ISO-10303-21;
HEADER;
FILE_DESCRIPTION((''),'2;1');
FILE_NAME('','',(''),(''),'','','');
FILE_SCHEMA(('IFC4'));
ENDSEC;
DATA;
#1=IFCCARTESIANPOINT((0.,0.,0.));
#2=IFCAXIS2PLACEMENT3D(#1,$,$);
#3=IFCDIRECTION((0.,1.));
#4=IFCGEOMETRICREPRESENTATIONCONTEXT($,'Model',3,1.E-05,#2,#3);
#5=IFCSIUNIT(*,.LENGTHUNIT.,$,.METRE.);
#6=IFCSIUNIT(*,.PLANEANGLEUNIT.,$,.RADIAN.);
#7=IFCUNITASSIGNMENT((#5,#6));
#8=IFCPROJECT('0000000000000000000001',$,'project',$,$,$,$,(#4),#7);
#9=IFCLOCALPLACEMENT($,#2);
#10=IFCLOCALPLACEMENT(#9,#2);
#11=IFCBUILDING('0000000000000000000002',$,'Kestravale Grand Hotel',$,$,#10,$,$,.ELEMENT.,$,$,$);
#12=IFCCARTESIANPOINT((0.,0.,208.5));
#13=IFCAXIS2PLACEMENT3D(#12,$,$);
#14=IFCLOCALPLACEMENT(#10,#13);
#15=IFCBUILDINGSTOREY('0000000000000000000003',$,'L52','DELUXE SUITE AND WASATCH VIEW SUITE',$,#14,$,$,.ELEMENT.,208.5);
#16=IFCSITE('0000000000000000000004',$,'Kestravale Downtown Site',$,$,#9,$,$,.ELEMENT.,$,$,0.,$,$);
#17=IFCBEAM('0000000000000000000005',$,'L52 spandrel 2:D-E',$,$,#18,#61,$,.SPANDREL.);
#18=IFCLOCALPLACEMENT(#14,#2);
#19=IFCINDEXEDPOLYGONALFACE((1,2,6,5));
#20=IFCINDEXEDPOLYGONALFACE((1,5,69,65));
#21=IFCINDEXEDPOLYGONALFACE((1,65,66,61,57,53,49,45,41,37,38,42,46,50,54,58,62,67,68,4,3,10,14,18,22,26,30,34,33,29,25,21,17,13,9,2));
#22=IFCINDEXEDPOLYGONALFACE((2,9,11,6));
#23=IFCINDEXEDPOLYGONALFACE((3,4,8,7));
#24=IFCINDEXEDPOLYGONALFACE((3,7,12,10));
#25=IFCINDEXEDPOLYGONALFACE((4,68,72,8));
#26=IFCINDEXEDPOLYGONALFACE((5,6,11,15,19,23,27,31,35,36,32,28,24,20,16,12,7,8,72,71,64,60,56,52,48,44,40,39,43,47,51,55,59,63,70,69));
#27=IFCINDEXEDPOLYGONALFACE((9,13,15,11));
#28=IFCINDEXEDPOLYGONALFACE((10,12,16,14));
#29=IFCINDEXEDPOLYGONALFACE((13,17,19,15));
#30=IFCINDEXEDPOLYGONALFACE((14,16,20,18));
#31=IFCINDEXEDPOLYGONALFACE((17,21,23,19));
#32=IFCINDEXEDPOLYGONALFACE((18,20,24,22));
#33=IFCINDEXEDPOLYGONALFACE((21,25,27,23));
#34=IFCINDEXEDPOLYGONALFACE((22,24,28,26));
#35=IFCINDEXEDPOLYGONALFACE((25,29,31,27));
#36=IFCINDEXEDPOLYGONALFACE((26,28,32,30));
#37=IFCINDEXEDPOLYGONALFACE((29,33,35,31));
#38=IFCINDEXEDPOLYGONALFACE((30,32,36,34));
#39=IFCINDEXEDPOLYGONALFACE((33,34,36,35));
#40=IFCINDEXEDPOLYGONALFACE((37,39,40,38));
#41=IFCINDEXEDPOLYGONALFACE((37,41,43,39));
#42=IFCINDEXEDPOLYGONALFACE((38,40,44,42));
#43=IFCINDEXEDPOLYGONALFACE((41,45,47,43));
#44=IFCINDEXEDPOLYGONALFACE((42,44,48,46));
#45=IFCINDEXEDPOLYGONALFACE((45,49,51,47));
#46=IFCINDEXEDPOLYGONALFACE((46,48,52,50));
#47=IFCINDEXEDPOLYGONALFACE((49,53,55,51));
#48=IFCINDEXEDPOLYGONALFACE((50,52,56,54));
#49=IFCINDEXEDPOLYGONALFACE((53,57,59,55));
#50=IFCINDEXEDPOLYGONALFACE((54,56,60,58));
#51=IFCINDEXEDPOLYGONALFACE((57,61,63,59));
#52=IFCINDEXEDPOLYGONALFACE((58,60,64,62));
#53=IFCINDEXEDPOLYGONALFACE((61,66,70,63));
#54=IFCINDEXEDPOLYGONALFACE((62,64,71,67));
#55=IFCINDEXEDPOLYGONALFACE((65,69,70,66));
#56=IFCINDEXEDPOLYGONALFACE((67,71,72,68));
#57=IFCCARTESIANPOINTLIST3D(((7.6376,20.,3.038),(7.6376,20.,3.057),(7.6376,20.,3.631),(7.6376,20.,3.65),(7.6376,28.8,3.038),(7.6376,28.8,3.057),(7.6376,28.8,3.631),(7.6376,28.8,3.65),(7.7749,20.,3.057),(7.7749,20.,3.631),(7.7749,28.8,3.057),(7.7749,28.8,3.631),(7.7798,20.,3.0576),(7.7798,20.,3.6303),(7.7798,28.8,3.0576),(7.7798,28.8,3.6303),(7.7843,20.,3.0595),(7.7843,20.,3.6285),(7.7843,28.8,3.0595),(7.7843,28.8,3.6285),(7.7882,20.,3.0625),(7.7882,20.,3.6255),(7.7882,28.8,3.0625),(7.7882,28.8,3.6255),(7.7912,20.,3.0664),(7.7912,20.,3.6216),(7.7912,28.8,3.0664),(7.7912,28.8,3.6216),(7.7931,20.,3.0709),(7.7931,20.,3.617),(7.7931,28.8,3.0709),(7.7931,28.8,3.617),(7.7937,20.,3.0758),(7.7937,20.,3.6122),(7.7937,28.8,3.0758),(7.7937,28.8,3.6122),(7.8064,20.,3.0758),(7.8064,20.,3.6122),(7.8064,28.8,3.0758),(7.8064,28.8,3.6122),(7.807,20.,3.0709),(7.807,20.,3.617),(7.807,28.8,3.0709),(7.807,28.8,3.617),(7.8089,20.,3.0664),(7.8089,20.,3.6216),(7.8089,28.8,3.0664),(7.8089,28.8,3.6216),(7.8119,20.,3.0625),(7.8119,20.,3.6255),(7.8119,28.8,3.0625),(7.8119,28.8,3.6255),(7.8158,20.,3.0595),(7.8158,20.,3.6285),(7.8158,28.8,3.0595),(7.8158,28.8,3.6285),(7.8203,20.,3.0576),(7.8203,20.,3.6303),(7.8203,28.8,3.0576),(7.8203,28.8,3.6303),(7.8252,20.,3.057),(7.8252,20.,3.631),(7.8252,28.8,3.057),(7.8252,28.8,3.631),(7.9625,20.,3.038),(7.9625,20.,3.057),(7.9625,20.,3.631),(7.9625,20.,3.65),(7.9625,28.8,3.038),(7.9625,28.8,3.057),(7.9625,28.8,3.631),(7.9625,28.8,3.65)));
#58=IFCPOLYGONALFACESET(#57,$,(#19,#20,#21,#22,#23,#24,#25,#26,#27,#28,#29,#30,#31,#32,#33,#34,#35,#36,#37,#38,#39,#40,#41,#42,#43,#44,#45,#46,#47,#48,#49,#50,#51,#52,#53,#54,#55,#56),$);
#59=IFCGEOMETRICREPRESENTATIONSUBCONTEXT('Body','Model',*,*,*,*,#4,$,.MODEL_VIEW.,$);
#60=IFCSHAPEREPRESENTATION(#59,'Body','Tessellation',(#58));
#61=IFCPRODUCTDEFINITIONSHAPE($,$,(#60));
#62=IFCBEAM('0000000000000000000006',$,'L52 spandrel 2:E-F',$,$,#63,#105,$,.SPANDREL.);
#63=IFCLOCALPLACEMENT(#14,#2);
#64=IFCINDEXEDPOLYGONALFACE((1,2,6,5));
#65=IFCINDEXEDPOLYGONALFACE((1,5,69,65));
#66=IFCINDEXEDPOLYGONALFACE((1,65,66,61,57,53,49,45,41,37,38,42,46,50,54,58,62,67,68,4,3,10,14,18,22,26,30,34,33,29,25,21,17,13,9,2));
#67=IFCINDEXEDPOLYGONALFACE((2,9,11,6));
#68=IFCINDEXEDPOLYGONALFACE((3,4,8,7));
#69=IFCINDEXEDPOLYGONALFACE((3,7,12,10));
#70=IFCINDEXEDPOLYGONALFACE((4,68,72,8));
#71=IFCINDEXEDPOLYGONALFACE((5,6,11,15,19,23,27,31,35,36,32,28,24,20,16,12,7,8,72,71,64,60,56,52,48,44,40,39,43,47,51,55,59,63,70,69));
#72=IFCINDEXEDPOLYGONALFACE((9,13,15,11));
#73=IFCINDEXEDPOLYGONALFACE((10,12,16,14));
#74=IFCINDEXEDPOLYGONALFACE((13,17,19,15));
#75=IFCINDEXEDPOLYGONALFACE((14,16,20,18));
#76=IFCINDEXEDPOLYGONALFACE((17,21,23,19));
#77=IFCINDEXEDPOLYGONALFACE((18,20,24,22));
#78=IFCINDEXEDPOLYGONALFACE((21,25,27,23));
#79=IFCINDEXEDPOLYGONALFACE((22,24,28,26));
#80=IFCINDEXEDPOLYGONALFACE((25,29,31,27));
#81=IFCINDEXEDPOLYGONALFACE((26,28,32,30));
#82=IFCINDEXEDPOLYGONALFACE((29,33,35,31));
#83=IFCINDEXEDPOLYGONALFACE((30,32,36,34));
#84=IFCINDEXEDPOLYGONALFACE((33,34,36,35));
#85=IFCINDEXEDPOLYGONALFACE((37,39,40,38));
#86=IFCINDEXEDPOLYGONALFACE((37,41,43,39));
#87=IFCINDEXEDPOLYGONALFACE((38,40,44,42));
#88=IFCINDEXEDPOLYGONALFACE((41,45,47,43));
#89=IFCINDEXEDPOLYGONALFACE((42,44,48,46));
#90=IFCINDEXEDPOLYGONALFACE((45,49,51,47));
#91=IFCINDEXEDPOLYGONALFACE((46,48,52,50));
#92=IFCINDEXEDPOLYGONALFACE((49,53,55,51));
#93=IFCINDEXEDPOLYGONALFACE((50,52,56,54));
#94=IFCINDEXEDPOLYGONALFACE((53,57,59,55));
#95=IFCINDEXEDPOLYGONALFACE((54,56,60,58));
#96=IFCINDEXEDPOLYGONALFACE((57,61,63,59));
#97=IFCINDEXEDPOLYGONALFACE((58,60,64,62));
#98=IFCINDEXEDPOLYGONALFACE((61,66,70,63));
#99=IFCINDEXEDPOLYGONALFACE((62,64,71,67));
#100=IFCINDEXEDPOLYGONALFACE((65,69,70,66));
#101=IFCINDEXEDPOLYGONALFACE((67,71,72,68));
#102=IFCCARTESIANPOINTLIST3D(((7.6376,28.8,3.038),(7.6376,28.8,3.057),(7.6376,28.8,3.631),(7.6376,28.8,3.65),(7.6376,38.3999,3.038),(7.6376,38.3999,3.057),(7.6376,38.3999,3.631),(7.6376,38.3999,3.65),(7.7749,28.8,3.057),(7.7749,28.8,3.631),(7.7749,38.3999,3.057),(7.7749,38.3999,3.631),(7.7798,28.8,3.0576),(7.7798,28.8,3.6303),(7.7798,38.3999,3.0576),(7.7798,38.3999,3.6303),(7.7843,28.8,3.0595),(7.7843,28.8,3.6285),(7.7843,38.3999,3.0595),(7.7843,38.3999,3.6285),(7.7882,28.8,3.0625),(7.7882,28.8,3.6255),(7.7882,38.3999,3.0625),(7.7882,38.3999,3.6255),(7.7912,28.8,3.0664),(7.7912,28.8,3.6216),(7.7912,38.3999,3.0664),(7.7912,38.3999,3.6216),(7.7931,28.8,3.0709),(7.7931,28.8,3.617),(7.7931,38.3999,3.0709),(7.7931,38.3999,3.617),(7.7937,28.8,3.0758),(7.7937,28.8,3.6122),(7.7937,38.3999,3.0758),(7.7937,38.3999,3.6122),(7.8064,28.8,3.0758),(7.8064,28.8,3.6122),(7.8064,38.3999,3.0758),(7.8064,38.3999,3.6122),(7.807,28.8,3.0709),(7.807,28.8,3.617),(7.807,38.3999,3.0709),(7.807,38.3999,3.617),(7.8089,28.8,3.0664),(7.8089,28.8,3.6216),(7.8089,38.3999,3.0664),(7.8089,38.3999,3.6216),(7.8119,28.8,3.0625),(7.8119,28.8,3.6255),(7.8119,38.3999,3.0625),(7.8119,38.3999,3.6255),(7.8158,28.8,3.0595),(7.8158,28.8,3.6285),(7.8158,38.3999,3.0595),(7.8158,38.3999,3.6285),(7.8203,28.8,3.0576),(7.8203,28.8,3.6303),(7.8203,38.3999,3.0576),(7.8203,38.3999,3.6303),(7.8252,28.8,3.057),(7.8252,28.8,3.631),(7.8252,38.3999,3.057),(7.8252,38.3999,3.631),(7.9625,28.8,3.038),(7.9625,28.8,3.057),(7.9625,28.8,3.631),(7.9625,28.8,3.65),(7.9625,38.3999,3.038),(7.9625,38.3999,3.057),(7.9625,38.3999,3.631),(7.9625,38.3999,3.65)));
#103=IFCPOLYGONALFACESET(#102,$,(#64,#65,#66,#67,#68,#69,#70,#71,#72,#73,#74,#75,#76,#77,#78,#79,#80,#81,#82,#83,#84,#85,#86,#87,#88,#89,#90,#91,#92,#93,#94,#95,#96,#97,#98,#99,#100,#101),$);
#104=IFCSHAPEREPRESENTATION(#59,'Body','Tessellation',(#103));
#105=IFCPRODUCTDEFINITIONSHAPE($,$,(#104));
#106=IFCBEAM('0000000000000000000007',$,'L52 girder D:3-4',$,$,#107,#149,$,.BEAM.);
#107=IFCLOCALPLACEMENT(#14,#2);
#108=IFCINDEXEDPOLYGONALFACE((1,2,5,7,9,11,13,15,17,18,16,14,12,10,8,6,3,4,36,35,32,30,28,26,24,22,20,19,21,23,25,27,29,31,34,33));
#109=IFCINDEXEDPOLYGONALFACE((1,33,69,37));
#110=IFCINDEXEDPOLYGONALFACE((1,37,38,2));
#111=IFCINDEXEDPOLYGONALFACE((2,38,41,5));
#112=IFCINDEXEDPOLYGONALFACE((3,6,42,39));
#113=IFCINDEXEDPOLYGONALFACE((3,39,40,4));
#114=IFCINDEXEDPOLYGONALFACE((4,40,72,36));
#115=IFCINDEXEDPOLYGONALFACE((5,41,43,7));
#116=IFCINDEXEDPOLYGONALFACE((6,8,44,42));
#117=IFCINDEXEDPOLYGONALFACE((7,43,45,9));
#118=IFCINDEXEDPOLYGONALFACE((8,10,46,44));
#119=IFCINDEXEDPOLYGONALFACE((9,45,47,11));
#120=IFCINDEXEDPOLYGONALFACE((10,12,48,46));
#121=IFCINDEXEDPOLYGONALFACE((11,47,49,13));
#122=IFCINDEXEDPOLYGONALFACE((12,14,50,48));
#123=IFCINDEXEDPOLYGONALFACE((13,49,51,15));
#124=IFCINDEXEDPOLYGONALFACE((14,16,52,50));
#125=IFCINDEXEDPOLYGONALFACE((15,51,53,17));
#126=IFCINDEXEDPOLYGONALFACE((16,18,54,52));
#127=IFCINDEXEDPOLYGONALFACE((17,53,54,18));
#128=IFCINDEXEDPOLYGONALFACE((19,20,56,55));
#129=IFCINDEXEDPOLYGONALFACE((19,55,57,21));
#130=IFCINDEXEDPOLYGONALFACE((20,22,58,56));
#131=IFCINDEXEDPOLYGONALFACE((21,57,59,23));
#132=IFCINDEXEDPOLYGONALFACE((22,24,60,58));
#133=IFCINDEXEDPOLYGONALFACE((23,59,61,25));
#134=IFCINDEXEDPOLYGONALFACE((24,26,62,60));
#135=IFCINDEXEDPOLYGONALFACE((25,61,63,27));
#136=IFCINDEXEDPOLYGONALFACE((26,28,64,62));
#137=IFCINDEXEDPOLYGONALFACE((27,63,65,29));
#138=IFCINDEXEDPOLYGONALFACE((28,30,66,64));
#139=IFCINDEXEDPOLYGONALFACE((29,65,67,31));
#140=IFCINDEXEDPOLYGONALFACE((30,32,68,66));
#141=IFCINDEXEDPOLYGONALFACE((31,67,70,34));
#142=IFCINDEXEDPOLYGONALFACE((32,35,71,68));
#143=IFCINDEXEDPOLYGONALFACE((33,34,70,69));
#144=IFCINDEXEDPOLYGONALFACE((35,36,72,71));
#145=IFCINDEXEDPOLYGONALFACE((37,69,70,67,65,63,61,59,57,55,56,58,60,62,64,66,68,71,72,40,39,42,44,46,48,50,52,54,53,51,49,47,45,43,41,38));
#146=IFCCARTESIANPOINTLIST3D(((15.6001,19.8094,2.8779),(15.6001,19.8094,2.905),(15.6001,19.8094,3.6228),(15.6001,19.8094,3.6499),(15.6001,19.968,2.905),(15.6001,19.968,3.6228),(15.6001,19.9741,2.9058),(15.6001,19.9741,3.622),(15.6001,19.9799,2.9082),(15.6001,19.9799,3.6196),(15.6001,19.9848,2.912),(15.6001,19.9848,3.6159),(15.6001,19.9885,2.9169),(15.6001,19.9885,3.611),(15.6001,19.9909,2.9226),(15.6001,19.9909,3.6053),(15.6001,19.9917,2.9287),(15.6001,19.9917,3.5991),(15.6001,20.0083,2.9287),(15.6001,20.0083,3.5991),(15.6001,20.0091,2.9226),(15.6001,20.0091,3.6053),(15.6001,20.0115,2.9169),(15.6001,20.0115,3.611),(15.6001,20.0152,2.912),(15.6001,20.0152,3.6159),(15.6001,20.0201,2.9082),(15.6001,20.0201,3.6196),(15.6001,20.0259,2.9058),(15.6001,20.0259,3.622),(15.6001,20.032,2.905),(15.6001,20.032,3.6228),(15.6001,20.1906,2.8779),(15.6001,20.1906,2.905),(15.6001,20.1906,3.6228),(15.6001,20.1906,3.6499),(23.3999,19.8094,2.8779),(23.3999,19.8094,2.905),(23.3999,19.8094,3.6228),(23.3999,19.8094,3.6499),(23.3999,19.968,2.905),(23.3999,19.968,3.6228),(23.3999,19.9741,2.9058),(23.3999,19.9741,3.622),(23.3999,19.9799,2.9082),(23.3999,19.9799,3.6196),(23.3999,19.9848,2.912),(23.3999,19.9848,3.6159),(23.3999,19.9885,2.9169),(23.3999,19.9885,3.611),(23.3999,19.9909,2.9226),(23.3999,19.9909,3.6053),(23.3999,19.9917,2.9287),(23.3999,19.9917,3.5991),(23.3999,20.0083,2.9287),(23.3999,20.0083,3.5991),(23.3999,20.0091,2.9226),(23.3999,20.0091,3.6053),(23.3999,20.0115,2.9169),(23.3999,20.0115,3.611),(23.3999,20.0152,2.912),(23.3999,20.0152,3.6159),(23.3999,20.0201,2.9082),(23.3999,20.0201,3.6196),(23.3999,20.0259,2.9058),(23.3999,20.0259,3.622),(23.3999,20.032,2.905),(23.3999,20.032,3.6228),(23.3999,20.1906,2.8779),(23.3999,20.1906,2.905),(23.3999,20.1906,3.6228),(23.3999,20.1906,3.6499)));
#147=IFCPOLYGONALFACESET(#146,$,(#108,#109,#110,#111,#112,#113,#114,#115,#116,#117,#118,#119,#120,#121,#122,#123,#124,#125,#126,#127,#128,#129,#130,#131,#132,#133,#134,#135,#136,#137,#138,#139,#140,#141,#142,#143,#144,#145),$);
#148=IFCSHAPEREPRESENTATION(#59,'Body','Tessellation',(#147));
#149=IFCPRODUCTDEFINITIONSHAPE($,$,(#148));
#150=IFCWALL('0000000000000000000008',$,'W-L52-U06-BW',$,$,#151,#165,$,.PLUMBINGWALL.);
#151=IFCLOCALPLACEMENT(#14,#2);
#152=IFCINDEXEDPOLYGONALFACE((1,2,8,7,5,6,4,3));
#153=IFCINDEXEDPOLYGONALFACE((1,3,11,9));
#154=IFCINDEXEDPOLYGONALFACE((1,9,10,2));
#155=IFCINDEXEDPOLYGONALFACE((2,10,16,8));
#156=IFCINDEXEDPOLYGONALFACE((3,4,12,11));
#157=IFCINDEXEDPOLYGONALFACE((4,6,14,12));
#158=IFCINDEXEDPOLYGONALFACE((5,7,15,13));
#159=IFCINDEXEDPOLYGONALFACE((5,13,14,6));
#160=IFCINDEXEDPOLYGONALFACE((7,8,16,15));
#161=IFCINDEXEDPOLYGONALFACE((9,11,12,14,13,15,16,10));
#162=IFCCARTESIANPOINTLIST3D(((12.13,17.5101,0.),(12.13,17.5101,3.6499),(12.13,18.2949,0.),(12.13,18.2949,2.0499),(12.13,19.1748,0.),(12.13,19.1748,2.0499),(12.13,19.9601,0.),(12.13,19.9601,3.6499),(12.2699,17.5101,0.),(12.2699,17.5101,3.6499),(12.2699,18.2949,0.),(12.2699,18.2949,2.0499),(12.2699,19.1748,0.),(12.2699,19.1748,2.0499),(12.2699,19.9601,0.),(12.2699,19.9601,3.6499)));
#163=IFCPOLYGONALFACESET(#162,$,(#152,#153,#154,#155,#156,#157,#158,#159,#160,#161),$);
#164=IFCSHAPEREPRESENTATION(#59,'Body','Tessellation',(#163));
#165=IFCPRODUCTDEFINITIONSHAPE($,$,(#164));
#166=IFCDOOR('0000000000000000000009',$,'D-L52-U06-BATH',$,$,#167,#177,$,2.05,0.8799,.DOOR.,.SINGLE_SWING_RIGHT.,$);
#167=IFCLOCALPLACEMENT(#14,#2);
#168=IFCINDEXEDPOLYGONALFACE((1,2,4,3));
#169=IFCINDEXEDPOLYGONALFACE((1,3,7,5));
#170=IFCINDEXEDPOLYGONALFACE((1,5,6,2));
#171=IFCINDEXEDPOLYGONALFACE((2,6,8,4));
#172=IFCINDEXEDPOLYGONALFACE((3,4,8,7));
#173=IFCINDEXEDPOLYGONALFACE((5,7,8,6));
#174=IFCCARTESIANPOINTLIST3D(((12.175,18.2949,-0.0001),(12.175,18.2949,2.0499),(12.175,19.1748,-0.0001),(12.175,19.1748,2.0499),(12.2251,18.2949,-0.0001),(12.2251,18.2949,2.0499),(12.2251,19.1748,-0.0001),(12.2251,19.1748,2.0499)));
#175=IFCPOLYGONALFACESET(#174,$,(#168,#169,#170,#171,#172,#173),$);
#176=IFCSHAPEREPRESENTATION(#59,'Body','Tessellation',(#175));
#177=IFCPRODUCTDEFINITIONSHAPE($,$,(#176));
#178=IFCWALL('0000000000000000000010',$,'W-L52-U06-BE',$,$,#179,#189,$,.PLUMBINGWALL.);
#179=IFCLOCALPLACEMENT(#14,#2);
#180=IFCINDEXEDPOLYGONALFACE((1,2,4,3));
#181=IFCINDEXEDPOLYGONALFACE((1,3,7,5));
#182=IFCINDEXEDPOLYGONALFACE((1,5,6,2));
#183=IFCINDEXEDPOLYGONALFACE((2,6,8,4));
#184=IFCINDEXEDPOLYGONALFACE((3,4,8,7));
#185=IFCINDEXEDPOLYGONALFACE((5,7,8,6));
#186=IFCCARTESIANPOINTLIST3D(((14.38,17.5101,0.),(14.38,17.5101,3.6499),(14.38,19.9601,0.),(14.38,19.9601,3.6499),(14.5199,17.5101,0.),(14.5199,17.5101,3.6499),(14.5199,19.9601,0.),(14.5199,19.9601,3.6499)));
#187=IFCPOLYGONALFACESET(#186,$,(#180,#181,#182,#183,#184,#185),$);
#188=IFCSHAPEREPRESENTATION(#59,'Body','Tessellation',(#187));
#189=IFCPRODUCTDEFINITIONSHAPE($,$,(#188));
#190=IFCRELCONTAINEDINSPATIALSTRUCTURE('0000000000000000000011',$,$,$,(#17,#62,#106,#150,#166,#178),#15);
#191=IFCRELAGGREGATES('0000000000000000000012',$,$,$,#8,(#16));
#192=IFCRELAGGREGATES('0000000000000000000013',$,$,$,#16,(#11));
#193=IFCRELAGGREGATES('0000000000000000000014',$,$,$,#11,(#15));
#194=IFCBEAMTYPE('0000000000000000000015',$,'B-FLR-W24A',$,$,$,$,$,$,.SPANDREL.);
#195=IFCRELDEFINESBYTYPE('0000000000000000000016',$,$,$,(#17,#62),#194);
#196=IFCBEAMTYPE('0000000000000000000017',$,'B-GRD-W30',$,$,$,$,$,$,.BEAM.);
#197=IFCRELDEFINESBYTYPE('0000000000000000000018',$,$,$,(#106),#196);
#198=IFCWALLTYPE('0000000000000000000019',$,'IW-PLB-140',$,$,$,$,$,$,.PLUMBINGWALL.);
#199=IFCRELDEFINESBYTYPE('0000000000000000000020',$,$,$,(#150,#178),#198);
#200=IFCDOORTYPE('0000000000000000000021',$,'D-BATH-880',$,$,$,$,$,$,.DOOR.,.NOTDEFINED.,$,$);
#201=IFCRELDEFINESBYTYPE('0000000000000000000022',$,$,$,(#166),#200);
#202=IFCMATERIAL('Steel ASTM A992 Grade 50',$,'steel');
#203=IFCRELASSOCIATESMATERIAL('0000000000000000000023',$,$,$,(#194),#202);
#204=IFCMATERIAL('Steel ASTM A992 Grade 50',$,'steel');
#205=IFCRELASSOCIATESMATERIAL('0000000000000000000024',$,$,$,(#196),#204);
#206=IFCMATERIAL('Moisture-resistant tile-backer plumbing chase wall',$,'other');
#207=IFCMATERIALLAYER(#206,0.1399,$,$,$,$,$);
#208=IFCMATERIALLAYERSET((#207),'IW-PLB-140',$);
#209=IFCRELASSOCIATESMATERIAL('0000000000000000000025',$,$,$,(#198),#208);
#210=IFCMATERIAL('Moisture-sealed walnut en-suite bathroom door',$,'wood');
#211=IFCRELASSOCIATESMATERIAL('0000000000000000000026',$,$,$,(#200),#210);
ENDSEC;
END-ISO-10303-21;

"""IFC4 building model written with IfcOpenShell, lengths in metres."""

from ifc_helpers import new_model, si_unit, direction, frame, frame_2d, origin, origin_2d, place, context, subcontext, project, spatial, rectangle, i_section, extrude, material, layer, layer_set, material_profile, profile_set, type_object, element, fill, save


model = new_model("IFC4")

# Units and contexts
model_context = context("Model", 3, precision=1e-05, world=origin(), true_north=direction((0.0, 1.0)))
body_context = subcontext(model_context, "Body", "Model", "MODEL_VIEW")
ifc_project = project(units=[si_unit("LENGTHUNIT", "METRE"), si_unit("PLANEANGLEUNIT", "RADIAN")], contexts=[model_context])

# Site, building, storey
site_placement = place(None, origin())
site = spatial("IfcSite", under=ifc_project, at=site_placement, Name="Kestravale Downtown Site", CompositionType="ELEMENT", RefElevation=0.0)
building_placement = place(site_placement, origin())
building = spatial("IfcBuilding", under=site, at=building_placement, Name="Kestravale Grand Hotel", CompositionType="ELEMENT")
storey_placement = place(building_placement, frame((0.0, 0.0, 208.5)))
storey = spatial("IfcBuildingStorey", under=building, at=storey_placement, Name="L52", Description="DELUXE SUITE AND WASATCH VIEW SUITE", CompositionType="ELEMENT", Elevation=208.5)

# Beams
ifc_material_1 = material(Name="Steel ASTM A992 Grade 50", Category="steel")
ifc_material_profile_1 = material_profile(ifc_material_1, i_section(OverallWidth=0.325, OverallDepth=0.6121, WebThickness=0.0127, FlangeThickness=0.019, FilletRadius=0.0188, at=origin_2d()))
ifc_profile_set_1 = profile_set([ifc_material_profile_1], Name="Steel ASTM A992 Grade 50")
beam_type_1 = type_object("IfcBeamType", Name="B-FLR-W24A", PredefinedType="SPANDREL", material=ifc_profile_set_1)
beam_1_placement = place(storey_placement, frame((7.8, 20.0, 3.344), z_axis=(0.0, 1.0, 0.0), x_axis=(-1.0, 0.0, 0.0)))
element("IfcBeam", 1, at=beam_1_placement, inside=storey, type_object=beam_type_1, Name="L52 spandrel 2:D-E", PredefinedType="SPANDREL", context=body_context, shape_type="SweptSolid", body=[
    extrude(i_section(OverallWidth=0.325, OverallDepth=0.6121, WebThickness=0.0127, FlangeThickness=0.019, FilletRadius=0.0188, at=origin_2d()), origin(), (0.0, 0.0, 1.0), 8.8),
])
beam_2_placement = place(storey_placement, frame((7.8, 28.8, 3.344), z_axis=(0.0, 1.0, 0.0), x_axis=(-1.0, 0.0, 0.0)))
element("IfcBeam", 2, at=beam_2_placement, inside=storey, type_object=beam_type_1, Name="L52 spandrel 2:E-F", PredefinedType="SPANDREL", context=body_context, shape_type="SweptSolid", body=[
    extrude(i_section(OverallWidth=0.325, OverallDepth=0.6121, WebThickness=0.0127, FlangeThickness=0.019, FilletRadius=0.0188, at=origin_2d()), origin(), (0.0, 0.0, 1.0), 9.5999),
])
ifc_material_2 = material(Name="Steel ASTM A992 Grade 50", Category="steel")
ifc_material_profile_2 = material_profile(ifc_material_2, i_section(OverallWidth=0.3811, OverallDepth=0.772, WebThickness=0.0166, FlangeThickness=0.0271, FilletRadius=0.0237, at=origin_2d()))
ifc_profile_set_2 = profile_set([ifc_material_profile_2], Name="Steel ASTM A992 Grade 50")
beam_type_2 = type_object("IfcBeamType", Name="B-GRD-W30", PredefinedType="BEAM", material=ifc_profile_set_2)
beam_3_placement = place(storey_placement, frame((15.6001, 20.0, 3.2639), z_axis=(1.0, 0.0, 0.0), x_axis=(0.0, 1.0, 0.0)))
element("IfcBeam", 3, at=beam_3_placement, inside=storey, type_object=beam_type_2, Name="L52 girder D:3-4", PredefinedType="BEAM", context=body_context, shape_type="SweptSolid", body=[
    extrude(i_section(OverallWidth=0.3811, OverallDepth=0.772, WebThickness=0.0166, FlangeThickness=0.0271, FilletRadius=0.0237, at=origin_2d()), origin(), (0.0, 0.0, 1.0), 7.7998),
])

# Wall, opening, door
ifc_material_3 = material(Name="Moisture-resistant tile-backer plumbing chase wall", Category="other")
ifc_layer_1 = layer(ifc_material_3, 0.1399)
ifc_layer_set_1 = layer_set([ifc_layer_1], Name="IW-PLB-140")
wall_type_1 = type_object("IfcWallType", Name="IW-PLB-140", PredefinedType="PLUMBINGWALL", material=ifc_layer_set_1)
wall_1_placement = place(storey_placement, frame((12.2, 17.51, 0.0), z_axis=(0.0, 0.0, 1.0), x_axis=(0.0, 1.0, 0.0)))
wall_1 = element("IfcWall", 4, at=wall_1_placement, inside=storey, type_object=wall_type_1, Name="W-L52-U06-BW", PredefinedType="PLUMBINGWALL", context=body_context, shape_type="SweptSolid", body=[
    extrude(rectangle(XDim=2.45, YDim=0.1399, at=frame_2d((1.2251, 0.0))), origin(), (0.0, 0.0, 1.0), 3.6499),
])
opening_1_placement = place(wall_1_placement, frame((0.7849, 0.0, 0.0)))
opening_1 = element("IfcOpeningElement", 5, at=opening_1_placement, cuts=wall_1, PredefinedType="OPENING", context=body_context, shape_type="SweptSolid", body=[
    extrude(rectangle(XDim=0.8799, YDim=2.05, at=frame_2d((0.4399, 1.0249))), frame((0.0, 0.0798, 0.0), z_axis=(0.0, -1.0, 0.0), x_axis=(1.0, 0.0, 0.0)), (0.0, 0.0, 1.0), 0.1599),
])
ifc_material_4 = material(Name="Moisture-sealed walnut en-suite bathroom door", Category="wood")
door_type = type_object("IfcDoorType", Name="D-BATH-880", OperationType="NOTDEFINED", PredefinedType="DOOR", material=ifc_material_4)
door_1_placement = place(opening_1_placement, origin())
door_1 = element("IfcDoor", 6, at=door_1_placement, inside=storey, type_object=door_type, Name="D-L52-U06-BATH", OperationType="SINGLE_SWING_RIGHT", OverallHeight=2.05, OverallWidth=0.8799, PredefinedType="DOOR", context=body_context, shape_type="SweptSolid", body=[
    extrude(rectangle(XDim=0.8799, YDim=2.05, at=frame_2d((0.4399, 1.0249))), frame((0.0, 0.0249, 0.0), z_axis=(0.0, -1.0, 0.0), x_axis=(1.0, 0.0, 0.0)), (0.0, 0.0, 1.0), 0.05),
])
fill(opening_1, door_1)

# Wall
wall_2_placement = place(storey_placement, frame((14.45, 17.51, 0.0), z_axis=(0.0, 0.0, 1.0), x_axis=(0.0, 1.0, 0.0)))
element("IfcWall", 7, at=wall_2_placement, inside=storey, type_object=wall_type_1, Name="W-L52-U06-BE", PredefinedType="PLUMBINGWALL", context=body_context, shape_type="SweptSolid", body=[
    extrude(rectangle(XDim=2.45, YDim=0.1399, at=frame_2d((1.2251, 0.0))), origin(), (0.0, 0.0, 1.0), 3.6499),
])

save(model, "model.ifc")
